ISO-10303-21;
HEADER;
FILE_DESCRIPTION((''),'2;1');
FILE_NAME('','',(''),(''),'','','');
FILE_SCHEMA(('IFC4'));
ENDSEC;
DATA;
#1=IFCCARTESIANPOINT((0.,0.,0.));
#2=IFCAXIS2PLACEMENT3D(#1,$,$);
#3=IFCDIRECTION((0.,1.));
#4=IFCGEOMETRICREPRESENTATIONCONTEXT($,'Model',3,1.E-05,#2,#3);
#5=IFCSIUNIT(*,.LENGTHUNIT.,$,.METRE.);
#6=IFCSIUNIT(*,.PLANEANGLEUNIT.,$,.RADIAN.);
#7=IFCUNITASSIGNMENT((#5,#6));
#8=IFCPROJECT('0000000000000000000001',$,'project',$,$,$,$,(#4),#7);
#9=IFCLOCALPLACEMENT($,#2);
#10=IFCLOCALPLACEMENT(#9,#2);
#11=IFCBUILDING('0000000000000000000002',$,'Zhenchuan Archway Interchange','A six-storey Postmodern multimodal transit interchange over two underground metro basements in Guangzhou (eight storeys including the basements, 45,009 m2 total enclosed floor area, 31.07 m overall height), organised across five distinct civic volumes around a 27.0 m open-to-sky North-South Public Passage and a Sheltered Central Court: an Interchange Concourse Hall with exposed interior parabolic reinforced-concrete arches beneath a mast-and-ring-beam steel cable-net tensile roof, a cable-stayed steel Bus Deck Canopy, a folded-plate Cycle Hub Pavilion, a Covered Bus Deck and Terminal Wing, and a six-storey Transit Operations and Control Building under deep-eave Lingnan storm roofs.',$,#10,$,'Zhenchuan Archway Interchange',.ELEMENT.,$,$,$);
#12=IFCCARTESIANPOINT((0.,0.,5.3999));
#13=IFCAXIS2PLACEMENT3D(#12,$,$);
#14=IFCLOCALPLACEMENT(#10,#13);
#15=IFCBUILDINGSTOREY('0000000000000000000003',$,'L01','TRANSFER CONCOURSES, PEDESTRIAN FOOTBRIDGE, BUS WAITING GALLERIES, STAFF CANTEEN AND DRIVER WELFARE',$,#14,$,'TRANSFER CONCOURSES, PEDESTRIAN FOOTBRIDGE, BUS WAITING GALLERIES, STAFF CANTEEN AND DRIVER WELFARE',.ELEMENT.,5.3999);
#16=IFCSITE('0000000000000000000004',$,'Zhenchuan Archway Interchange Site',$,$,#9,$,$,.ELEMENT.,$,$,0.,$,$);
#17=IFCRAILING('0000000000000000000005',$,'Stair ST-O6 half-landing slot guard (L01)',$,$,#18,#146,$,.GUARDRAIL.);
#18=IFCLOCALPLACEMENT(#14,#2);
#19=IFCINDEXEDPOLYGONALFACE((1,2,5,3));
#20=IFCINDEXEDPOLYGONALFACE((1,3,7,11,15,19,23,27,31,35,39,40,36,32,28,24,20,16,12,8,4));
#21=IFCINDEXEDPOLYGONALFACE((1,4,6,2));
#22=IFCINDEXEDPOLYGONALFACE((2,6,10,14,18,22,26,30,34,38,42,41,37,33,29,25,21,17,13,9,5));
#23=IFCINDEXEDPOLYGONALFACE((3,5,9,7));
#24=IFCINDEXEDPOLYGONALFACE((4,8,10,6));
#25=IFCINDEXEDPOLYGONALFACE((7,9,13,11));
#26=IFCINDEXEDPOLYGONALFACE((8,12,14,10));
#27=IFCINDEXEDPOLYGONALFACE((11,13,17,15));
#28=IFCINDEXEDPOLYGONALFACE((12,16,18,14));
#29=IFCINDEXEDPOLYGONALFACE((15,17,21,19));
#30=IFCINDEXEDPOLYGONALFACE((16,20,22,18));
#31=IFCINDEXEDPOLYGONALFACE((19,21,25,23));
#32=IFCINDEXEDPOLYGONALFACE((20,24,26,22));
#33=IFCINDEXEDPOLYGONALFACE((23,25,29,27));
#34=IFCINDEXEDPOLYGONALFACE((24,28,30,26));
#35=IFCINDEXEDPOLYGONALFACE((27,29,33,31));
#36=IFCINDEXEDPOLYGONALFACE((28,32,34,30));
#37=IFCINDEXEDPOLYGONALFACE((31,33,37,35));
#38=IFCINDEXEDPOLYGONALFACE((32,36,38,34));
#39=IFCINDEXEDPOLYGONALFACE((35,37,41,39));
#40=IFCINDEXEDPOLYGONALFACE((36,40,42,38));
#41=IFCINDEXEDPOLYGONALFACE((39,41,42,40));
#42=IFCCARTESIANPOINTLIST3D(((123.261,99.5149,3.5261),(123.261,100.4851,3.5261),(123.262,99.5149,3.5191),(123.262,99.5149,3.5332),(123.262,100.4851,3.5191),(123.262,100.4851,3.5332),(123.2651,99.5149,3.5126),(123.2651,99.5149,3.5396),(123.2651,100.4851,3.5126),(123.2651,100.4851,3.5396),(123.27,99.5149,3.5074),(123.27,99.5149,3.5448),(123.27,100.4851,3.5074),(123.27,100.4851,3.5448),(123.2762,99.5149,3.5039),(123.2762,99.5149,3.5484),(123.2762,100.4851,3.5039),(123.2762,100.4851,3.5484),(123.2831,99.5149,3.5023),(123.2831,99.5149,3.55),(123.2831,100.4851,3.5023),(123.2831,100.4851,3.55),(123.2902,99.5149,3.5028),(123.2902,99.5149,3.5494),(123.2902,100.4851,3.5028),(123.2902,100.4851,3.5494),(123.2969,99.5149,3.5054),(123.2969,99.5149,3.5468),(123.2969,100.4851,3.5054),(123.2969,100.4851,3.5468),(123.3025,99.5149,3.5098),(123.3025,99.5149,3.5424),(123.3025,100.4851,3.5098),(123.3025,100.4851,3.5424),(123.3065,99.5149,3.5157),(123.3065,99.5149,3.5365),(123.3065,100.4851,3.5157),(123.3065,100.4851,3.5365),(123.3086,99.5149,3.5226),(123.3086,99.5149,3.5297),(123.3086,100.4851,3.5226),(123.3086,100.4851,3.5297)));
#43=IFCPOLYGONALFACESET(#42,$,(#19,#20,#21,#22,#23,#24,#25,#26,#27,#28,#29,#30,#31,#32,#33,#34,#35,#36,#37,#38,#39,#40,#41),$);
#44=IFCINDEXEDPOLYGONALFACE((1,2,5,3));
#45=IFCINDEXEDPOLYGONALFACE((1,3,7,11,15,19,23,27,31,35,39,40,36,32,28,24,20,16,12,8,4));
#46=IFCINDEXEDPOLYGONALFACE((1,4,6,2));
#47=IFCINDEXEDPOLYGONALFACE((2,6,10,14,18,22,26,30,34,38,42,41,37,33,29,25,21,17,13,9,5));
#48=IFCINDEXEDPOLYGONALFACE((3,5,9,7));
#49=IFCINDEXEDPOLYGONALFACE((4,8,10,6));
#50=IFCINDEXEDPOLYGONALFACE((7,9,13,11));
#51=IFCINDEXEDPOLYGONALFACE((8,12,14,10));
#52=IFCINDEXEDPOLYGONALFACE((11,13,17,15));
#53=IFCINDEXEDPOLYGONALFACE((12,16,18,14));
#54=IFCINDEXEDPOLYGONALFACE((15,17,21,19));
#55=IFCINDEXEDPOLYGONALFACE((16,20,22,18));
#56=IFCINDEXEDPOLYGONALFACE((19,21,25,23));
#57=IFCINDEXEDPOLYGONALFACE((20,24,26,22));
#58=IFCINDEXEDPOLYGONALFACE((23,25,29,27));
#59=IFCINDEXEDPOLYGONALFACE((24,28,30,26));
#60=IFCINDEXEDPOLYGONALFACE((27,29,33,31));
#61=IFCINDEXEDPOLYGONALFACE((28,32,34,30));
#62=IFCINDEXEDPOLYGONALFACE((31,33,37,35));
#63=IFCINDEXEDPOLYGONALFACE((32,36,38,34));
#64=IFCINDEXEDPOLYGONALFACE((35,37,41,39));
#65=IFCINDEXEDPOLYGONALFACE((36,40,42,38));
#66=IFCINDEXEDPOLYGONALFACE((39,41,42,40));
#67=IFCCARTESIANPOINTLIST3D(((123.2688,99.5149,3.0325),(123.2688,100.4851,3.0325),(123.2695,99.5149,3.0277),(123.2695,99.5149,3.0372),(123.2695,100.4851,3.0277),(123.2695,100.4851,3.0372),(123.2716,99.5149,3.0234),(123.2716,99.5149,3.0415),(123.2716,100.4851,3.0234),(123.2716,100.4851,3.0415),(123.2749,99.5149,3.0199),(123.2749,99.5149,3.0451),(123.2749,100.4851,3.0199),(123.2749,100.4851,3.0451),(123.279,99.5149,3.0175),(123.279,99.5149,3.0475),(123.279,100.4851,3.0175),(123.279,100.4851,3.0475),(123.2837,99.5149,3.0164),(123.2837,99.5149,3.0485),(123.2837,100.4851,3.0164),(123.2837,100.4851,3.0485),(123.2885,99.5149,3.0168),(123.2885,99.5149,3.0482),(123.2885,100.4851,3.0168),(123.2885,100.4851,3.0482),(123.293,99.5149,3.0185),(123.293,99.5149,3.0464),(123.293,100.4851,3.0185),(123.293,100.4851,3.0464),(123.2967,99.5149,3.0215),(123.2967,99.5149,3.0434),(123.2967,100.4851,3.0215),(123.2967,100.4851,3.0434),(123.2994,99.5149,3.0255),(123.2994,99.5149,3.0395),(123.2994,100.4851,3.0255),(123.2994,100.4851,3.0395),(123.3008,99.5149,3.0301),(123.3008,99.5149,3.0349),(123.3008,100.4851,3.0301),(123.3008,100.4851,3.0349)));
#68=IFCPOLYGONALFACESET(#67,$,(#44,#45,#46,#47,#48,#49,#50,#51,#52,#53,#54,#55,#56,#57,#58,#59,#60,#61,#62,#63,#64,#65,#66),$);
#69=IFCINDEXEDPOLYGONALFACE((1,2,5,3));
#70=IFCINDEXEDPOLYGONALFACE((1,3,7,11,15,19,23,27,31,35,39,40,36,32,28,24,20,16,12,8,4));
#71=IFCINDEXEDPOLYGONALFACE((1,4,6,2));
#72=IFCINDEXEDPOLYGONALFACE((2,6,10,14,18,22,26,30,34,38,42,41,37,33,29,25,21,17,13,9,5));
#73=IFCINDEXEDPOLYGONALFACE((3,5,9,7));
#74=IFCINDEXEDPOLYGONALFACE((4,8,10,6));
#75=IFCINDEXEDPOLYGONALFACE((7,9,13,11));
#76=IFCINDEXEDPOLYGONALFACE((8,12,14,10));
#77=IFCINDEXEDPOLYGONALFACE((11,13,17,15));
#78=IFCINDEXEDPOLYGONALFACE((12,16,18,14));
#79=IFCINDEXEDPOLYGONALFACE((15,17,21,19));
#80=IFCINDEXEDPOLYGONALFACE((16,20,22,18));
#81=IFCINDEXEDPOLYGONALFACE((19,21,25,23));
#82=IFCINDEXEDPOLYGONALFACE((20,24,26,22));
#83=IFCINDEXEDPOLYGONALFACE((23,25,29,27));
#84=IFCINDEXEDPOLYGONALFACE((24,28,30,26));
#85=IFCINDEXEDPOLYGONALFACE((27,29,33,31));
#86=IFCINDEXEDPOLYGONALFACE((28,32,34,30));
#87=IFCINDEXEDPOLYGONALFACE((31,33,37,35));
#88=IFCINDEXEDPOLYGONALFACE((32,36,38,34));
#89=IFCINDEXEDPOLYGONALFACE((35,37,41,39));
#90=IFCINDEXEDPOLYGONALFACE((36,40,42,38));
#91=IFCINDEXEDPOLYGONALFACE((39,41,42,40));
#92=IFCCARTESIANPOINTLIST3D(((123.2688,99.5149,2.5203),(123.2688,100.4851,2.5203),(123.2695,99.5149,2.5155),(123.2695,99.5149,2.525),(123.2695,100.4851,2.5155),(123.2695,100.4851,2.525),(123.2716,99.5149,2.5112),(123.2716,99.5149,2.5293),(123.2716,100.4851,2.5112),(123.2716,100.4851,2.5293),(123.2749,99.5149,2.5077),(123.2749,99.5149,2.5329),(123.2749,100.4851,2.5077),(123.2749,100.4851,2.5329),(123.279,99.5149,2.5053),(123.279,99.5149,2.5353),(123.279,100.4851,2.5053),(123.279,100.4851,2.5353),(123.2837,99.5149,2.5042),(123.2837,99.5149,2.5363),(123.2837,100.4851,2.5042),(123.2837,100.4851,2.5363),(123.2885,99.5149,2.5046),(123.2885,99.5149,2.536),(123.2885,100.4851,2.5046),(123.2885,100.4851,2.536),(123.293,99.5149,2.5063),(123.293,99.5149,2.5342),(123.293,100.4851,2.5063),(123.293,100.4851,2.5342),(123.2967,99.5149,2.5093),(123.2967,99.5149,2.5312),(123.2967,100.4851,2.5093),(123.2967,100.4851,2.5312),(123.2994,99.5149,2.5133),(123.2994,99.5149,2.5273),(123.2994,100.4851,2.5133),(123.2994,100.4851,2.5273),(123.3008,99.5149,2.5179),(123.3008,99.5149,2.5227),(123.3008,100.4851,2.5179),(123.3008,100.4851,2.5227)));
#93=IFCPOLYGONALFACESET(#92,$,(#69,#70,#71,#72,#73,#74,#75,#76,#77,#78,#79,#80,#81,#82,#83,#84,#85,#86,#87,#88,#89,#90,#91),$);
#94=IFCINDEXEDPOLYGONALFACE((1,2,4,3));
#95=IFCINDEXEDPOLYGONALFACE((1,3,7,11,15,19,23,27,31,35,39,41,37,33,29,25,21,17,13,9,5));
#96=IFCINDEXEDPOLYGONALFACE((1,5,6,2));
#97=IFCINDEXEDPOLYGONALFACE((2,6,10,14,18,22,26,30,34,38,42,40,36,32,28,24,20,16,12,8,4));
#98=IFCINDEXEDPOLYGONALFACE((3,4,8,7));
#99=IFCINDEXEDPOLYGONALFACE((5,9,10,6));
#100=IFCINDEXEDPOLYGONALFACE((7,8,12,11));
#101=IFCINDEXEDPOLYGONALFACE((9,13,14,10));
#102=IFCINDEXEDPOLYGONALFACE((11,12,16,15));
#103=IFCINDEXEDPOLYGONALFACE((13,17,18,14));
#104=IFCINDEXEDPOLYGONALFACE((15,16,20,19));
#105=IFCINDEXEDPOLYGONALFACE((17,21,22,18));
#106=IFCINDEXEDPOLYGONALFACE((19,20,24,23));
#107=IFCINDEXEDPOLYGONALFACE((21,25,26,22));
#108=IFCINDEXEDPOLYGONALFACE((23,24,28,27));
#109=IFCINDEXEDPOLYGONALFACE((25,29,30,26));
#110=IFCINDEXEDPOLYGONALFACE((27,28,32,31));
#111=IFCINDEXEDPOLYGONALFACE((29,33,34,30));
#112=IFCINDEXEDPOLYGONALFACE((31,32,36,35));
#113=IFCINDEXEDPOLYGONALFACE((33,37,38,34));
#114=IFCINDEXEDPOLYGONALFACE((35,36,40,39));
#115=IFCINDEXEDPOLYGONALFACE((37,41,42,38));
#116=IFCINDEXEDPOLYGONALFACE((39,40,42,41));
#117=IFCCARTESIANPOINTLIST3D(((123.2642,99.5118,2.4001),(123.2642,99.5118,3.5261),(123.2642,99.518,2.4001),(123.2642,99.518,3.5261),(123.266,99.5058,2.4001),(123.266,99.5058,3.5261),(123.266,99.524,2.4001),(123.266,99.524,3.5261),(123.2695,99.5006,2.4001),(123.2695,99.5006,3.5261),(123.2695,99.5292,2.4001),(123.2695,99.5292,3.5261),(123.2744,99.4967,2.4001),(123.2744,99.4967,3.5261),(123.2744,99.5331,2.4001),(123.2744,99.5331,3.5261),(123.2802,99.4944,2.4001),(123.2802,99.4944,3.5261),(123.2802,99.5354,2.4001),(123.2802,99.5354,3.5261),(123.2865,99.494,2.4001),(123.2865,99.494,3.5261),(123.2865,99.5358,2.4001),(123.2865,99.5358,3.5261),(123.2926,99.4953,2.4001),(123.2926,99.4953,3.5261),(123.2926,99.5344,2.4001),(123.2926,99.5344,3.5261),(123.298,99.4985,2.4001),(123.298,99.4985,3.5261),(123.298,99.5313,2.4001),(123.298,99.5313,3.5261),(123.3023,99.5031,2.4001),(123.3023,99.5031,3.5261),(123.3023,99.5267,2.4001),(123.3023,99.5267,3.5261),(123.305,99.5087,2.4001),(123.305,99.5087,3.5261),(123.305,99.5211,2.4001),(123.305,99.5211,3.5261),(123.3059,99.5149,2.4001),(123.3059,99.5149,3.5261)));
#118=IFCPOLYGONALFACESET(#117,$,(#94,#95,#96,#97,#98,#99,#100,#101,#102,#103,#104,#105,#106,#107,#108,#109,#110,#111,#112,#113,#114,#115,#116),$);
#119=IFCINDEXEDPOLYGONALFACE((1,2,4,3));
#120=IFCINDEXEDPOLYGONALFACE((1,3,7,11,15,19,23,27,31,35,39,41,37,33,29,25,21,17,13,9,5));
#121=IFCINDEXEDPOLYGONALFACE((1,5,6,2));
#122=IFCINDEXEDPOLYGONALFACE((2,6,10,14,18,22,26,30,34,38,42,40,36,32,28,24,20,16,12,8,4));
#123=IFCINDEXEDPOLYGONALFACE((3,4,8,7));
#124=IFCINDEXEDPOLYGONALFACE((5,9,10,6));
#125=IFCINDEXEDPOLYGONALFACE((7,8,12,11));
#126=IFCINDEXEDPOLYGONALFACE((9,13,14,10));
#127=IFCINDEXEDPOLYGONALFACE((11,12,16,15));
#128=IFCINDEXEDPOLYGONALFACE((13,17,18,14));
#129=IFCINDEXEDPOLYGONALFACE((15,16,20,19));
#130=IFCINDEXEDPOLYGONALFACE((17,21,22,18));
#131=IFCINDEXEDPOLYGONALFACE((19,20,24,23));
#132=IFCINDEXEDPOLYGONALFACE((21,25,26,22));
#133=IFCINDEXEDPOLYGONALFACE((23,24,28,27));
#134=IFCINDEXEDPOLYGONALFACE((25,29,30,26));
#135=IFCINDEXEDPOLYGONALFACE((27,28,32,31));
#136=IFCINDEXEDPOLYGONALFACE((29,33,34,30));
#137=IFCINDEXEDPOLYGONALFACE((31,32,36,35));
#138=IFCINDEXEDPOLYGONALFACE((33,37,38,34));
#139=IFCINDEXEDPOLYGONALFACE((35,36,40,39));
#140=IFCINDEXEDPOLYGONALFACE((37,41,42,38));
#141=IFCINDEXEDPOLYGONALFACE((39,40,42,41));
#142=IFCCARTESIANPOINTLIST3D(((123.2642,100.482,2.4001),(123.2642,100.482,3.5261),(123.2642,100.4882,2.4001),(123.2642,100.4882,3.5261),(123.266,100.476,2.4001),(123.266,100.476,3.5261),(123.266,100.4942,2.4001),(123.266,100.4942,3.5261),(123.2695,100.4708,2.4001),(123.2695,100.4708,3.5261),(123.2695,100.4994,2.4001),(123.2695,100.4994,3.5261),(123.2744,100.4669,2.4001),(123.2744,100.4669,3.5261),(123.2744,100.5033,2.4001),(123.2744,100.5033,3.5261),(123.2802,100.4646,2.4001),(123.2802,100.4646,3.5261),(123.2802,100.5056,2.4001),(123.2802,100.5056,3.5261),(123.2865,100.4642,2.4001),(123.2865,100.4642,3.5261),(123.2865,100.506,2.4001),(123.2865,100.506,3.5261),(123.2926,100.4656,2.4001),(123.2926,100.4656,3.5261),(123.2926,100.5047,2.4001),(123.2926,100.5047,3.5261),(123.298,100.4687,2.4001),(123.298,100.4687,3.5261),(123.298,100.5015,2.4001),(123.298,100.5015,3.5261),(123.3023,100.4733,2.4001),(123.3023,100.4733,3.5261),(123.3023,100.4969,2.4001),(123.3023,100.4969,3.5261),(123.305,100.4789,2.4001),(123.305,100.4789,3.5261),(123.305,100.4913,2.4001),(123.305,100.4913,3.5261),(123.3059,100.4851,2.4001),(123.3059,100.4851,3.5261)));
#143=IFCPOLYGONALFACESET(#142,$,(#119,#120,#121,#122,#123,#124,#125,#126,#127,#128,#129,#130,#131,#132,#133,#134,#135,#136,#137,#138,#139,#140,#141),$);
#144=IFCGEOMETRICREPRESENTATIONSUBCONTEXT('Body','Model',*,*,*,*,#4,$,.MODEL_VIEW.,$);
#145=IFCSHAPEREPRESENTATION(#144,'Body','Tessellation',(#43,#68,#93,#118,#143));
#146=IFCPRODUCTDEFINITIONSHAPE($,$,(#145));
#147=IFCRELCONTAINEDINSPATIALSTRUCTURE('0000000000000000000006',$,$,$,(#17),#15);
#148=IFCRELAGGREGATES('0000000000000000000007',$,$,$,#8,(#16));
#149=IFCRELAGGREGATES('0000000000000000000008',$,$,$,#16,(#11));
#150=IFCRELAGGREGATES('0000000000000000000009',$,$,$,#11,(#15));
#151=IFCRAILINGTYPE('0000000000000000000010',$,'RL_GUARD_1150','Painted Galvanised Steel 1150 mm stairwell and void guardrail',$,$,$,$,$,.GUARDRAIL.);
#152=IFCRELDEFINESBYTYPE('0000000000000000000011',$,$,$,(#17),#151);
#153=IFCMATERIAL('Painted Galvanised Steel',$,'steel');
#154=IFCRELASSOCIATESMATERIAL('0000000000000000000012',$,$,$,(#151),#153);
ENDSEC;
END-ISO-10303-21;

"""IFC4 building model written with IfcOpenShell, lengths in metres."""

from ifc_helpers import new_model, si_unit, direction, frame, origin, origin_2d, place, context, subcontext, project, spatial, circle, extrude, material, type_object, element, save


model = new_model("IFC4")

# Units and contexts
model_context = context("Model", 3, precision=1e-05, world=origin(), true_north=direction((0.0, 1.0)))
body_context = subcontext(model_context, "Body", "Model", "MODEL_VIEW")
ifc_project = project(units=[si_unit("LENGTHUNIT", "METRE"), si_unit("PLANEANGLEUNIT", "RADIAN")], contexts=[model_context])

# Site, building, storey
site_placement = place(None, origin())
site = spatial("IfcSite", under=ifc_project, at=site_placement, Name="Zhenchuan Archway Interchange Site", CompositionType="ELEMENT", RefElevation=0.0)
building_placement = place(site_placement, origin())
building = spatial("IfcBuilding", under=site, at=building_placement, Name="Zhenchuan Archway Interchange", Description="A six-storey Postmodern multimodal transit interchange over two underground metro basements in Guangzhou (eight storeys including the basements, 45,009 m2 total enclosed floor area, 31.07 m overall height), organised across five distinct civic volumes around a 27.0 m open-to-sky North-South Public Passage and a Sheltered Central Court: an Interchange Concourse Hall with exposed interior parabolic reinforced-concrete arches beneath a mast-and-ring-beam steel cable-net tensile roof, a cable-stayed steel Bus Deck Canopy, a folded-plate Cycle Hub Pavilion, a Covered Bus Deck and Terminal Wing, and a six-storey Transit Operations and Control Building under deep-eave Lingnan storm roofs.", LongName="Zhenchuan Archway Interchange", CompositionType="ELEMENT")
storey_placement = place(building_placement, frame((0.0, 0.0, 5.3999)))
storey = spatial("IfcBuildingStorey", under=building, at=storey_placement, Name="L01", Description="TRANSFER CONCOURSES, PEDESTRIAN FOOTBRIDGE, BUS WAITING GALLERIES, STAFF CANTEEN AND DRIVER WELFARE", LongName="TRANSFER CONCOURSES, PEDESTRIAN FOOTBRIDGE, BUS WAITING GALLERIES, STAFF CANTEEN AND DRIVER WELFARE", CompositionType="ELEMENT", Elevation=5.3999)

# Shared definitions
ifc_material_1 = material(Name="Painted Galvanised Steel", Category="steel")

# Railing
railing_type_1 = type_object("IfcRailingType", Name="RL_GUARD_1150", Description="Painted Galvanised Steel 1150 mm stairwell and void guardrail", PredefinedType="GUARDRAIL", material=ifc_material_1)
for number, where, name in (
    (1, (123.2849, 99.5149, 2.4001), "Stair ST-O6 half-landing slot guard (L01)"),
):
    element("IfcRailing", number, at=place(storey_placement, frame(where)), inside=storey, type_object=railing_type_1, Name=name, PredefinedType="GUARDRAIL", context=body_context, shape_type="SweptSolid", body=[
        extrude(circle(Radius=0.0239, at=origin_2d()), frame((0.0, 0.0, 1.126), z_axis=(0.0, 1.0, 0.0), x_axis=(-1.0, 0.0, 0.0)), (0.0, 0.0, 1.0), 0.9702),
        extrude(circle(Radius=0.0161, at=origin_2d()), frame((0.0, 0.0, 0.6323), z_axis=(0.0, 1.0, 0.0), x_axis=(-1.0, 0.0, 0.0)), (0.0, 0.0, 1.0), 0.9702),
        extrude(circle(Radius=0.0161, at=origin_2d()), frame((0.0, 0.0, 0.1201), z_axis=(0.0, 1.0, 0.0), x_axis=(-1.0, 0.0, 0.0)), (0.0, 0.0, 1.0), 0.9702),
        extrude(circle(Radius=0.021, at=origin_2d()), origin(), (0.0, 0.0, 1.0), 1.126),
        extrude(circle(Radius=0.021, at=origin_2d()), frame((0.0, 0.9702, 0.0)), (0.0, 0.0, 1.0), 1.126),
    ])

save(model, "model.ifc")
